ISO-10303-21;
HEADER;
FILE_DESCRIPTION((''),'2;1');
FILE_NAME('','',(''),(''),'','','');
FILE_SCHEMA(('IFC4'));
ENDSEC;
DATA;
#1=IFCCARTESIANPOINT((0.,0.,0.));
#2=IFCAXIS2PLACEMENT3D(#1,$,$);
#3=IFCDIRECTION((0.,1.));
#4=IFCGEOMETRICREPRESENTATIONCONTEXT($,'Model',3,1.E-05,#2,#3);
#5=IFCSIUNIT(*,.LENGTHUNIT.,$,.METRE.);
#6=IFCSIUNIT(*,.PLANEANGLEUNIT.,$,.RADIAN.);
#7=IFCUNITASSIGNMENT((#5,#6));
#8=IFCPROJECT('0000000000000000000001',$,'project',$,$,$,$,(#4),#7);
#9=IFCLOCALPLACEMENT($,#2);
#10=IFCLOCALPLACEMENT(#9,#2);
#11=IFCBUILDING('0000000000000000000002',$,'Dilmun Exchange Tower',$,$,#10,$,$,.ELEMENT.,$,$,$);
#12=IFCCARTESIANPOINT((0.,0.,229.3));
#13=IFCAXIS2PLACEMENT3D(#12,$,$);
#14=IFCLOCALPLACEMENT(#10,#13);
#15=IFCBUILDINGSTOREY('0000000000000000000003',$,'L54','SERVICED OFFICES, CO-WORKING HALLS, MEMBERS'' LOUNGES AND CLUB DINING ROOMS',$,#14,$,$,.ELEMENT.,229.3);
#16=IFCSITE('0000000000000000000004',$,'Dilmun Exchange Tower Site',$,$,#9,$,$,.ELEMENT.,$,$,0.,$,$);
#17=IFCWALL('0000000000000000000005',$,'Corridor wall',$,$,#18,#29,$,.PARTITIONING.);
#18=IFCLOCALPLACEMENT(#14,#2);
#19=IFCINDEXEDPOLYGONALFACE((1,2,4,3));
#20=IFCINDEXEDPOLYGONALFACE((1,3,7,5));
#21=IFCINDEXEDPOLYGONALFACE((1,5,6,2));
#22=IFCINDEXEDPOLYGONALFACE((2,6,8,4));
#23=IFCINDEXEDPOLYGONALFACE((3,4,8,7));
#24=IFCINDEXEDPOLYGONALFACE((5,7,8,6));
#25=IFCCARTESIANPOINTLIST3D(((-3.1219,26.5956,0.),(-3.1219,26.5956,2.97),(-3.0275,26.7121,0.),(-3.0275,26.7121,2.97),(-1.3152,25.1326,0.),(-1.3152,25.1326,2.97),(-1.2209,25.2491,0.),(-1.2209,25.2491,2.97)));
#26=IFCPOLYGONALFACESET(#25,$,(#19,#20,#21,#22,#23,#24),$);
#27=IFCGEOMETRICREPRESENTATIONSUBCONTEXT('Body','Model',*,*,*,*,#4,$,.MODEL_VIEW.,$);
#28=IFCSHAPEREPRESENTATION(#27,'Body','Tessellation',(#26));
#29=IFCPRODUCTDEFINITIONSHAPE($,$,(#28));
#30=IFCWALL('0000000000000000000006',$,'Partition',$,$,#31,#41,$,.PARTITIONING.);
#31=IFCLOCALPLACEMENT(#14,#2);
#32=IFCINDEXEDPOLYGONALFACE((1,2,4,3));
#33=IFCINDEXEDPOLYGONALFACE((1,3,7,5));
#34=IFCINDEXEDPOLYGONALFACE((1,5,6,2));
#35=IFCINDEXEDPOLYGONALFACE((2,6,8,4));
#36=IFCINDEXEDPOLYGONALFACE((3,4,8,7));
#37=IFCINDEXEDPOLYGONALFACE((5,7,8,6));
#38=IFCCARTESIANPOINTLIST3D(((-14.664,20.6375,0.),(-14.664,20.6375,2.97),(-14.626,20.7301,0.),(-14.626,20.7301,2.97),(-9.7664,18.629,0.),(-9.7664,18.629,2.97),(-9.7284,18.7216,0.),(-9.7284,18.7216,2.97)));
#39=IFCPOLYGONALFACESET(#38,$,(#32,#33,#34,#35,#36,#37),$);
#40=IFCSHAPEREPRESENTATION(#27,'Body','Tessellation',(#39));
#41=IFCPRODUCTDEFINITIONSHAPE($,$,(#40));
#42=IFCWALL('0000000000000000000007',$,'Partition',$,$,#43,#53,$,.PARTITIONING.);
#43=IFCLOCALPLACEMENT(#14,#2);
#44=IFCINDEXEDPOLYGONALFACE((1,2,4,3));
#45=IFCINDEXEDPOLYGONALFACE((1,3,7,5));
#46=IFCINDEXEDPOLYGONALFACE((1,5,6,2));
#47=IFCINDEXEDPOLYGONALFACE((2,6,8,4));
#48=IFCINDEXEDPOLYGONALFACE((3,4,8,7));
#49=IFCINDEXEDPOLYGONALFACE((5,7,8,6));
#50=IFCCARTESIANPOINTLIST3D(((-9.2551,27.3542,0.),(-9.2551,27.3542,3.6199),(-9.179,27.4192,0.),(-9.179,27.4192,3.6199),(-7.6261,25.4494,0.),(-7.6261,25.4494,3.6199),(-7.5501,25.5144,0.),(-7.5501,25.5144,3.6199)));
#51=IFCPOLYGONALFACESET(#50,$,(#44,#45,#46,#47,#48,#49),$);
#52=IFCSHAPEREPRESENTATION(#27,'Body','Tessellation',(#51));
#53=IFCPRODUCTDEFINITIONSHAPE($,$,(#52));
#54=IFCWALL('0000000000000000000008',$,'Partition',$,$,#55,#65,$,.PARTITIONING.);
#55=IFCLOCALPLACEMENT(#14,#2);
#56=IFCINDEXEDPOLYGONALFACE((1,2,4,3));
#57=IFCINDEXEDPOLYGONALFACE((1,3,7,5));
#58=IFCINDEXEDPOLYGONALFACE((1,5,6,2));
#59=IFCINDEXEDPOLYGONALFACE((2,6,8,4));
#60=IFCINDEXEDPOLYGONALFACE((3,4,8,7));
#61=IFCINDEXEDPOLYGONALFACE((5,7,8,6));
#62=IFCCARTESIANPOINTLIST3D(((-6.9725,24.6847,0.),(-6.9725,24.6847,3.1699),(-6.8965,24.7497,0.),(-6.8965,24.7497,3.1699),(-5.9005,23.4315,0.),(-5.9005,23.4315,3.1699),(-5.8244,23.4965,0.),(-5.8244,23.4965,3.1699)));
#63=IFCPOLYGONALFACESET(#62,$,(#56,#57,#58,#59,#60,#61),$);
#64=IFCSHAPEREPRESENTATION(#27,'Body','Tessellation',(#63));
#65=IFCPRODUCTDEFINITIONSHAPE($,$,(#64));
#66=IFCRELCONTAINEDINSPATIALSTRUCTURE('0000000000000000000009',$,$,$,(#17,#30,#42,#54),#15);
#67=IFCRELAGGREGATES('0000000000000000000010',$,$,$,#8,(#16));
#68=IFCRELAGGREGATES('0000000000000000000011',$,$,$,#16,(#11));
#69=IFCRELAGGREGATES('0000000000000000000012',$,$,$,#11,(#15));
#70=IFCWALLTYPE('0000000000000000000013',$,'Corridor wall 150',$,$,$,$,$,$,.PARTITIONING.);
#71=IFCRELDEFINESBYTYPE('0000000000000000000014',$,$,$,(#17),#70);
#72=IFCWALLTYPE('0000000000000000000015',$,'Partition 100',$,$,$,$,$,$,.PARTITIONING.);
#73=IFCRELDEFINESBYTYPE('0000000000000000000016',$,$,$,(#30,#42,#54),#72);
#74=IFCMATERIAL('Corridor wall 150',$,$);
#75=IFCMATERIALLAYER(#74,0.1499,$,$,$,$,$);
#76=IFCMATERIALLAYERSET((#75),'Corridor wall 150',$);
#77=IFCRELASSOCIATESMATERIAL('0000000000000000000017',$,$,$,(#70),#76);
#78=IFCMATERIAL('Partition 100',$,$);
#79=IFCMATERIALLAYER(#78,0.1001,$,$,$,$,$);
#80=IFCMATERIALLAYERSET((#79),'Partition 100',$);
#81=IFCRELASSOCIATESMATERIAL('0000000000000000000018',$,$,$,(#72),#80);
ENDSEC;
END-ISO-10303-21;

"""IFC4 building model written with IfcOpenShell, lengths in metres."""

from ifc_helpers import new_model, si_unit, direction, frame, frame_2d, origin, place, context, subcontext, project, spatial, rectangle, extrude, material, layer, layer_set, type_object, element, save


model = new_model("IFC4")

# Units and contexts
model_context = context("Model", 3, precision=1e-05, world=origin(), true_north=direction((0.0, 1.0)))
body_context = subcontext(model_context, "Body", "Model", "MODEL_VIEW")
ifc_project = project(units=[si_unit("LENGTHUNIT", "METRE"), si_unit("PLANEANGLEUNIT", "RADIAN")], contexts=[model_context])

# Site, building, storey
site_placement = place(None, origin())
site = spatial("IfcSite", under=ifc_project, at=site_placement, Name="Dilmun Exchange Tower Site", CompositionType="ELEMENT", RefElevation=0.0)
building_placement = place(site_placement, origin())
building = spatial("IfcBuilding", under=site, at=building_placement, Name="Dilmun Exchange Tower", CompositionType="ELEMENT")
storey_placement = place(building_placement, frame((0.0, 0.0, 229.3)))
storey = spatial("IfcBuildingStorey", under=building, at=storey_placement, Name="L54", Description="SERVICED OFFICES, CO-WORKING HALLS, MEMBERS' LOUNGES AND CLUB DINING ROOMS", CompositionType="ELEMENT", Elevation=229.3)

# Shared definitions
ifc_material_1 = material(Name="Corridor wall 150")
ifc_layer_1 = layer(ifc_material_1, 0.1499)
ifc_layer_set_1 = layer_set([ifc_layer_1], Name="Corridor wall 150")
wall_type_1 = type_object("IfcWallType", Name="Corridor wall 150", PredefinedType="PARTITIONING", material=ifc_layer_set_1)

# Walls
wall_1_placement = place(storey_placement, frame((-3.0747, 26.6538, 0.0), z_axis=(0.0, 0.0, 1.0), x_axis=(0.777167, -0.629295, 0.0)))
element("IfcWall", 1, at=wall_1_placement, inside=storey, type_object=wall_type_1, Name="Corridor wall", PredefinedType="PARTITIONING", context=body_context, shape_type="SweptSolid", body=[
    extrude(rectangle(XDim=2.3247, YDim=0.1499, at=frame_2d((1.1624, 0.0))), origin(), (0.0, 0.0, 1.0), 2.97),
])
ifc_material_2 = material(Name="Partition 100")
ifc_layer_2 = layer(ifc_material_2, 0.1001)
ifc_layer_set_2 = layer_set([ifc_layer_2], Name="Partition 100")
wall_type_2 = type_object("IfcWallType", Name="Partition 100", PredefinedType="PARTITIONING", material=ifc_layer_set_2)
wall_2_placement = place(storey_placement, frame((-14.645, 20.6838, 0.0), z_axis=(0.0, 0.0, 1.0), x_axis=(0.92522, -0.379432, 0.0)))
element("IfcWall", 2, at=wall_2_placement, inside=storey, type_object=wall_type_2, Name="Partition", PredefinedType="PARTITIONING", context=body_context, shape_type="SweptSolid", body=[
    extrude(rectangle(XDim=5.2935, YDim=0.1001, at=frame_2d((2.6467, 0.0))), origin(), (0.0, 0.0, 1.0), 2.97),
])
wall_3_placement = place(storey_placement, frame((-9.217, 27.3867, 0.0), z_axis=(0.0, 0.0, 1.0), x_axis=(0.649925, -0.759999, 0.0)))
element("IfcWall", 3, at=wall_3_placement, inside=storey, type_object=wall_type_2, Name="Partition", PredefinedType="PARTITIONING", context=body_context, shape_type="SweptSolid", body=[
    extrude(rectangle(XDim=2.5063, YDim=0.1001, at=frame_2d((1.2532, 0.0))), origin(), (0.0, 0.0, 1.0), 3.6199),
])
wall_4_placement = place(storey_placement, frame((-6.9346, 24.7173, 0.0), z_axis=(0.0, 0.0, 1.0), x_axis=(0.650047, -0.759894, 0.0)))
element("IfcWall", 4, at=wall_4_placement, inside=storey, type_object=wall_type_2, Name="Partition", PredefinedType="PARTITIONING", context=body_context, shape_type="SweptSolid", body=[
    extrude(rectangle(XDim=1.6492, YDim=0.1001, at=frame_2d((0.8247, 0.0))), origin(), (0.0, 0.0, 1.0), 3.1699),
])

save(model, "model.ifc")
